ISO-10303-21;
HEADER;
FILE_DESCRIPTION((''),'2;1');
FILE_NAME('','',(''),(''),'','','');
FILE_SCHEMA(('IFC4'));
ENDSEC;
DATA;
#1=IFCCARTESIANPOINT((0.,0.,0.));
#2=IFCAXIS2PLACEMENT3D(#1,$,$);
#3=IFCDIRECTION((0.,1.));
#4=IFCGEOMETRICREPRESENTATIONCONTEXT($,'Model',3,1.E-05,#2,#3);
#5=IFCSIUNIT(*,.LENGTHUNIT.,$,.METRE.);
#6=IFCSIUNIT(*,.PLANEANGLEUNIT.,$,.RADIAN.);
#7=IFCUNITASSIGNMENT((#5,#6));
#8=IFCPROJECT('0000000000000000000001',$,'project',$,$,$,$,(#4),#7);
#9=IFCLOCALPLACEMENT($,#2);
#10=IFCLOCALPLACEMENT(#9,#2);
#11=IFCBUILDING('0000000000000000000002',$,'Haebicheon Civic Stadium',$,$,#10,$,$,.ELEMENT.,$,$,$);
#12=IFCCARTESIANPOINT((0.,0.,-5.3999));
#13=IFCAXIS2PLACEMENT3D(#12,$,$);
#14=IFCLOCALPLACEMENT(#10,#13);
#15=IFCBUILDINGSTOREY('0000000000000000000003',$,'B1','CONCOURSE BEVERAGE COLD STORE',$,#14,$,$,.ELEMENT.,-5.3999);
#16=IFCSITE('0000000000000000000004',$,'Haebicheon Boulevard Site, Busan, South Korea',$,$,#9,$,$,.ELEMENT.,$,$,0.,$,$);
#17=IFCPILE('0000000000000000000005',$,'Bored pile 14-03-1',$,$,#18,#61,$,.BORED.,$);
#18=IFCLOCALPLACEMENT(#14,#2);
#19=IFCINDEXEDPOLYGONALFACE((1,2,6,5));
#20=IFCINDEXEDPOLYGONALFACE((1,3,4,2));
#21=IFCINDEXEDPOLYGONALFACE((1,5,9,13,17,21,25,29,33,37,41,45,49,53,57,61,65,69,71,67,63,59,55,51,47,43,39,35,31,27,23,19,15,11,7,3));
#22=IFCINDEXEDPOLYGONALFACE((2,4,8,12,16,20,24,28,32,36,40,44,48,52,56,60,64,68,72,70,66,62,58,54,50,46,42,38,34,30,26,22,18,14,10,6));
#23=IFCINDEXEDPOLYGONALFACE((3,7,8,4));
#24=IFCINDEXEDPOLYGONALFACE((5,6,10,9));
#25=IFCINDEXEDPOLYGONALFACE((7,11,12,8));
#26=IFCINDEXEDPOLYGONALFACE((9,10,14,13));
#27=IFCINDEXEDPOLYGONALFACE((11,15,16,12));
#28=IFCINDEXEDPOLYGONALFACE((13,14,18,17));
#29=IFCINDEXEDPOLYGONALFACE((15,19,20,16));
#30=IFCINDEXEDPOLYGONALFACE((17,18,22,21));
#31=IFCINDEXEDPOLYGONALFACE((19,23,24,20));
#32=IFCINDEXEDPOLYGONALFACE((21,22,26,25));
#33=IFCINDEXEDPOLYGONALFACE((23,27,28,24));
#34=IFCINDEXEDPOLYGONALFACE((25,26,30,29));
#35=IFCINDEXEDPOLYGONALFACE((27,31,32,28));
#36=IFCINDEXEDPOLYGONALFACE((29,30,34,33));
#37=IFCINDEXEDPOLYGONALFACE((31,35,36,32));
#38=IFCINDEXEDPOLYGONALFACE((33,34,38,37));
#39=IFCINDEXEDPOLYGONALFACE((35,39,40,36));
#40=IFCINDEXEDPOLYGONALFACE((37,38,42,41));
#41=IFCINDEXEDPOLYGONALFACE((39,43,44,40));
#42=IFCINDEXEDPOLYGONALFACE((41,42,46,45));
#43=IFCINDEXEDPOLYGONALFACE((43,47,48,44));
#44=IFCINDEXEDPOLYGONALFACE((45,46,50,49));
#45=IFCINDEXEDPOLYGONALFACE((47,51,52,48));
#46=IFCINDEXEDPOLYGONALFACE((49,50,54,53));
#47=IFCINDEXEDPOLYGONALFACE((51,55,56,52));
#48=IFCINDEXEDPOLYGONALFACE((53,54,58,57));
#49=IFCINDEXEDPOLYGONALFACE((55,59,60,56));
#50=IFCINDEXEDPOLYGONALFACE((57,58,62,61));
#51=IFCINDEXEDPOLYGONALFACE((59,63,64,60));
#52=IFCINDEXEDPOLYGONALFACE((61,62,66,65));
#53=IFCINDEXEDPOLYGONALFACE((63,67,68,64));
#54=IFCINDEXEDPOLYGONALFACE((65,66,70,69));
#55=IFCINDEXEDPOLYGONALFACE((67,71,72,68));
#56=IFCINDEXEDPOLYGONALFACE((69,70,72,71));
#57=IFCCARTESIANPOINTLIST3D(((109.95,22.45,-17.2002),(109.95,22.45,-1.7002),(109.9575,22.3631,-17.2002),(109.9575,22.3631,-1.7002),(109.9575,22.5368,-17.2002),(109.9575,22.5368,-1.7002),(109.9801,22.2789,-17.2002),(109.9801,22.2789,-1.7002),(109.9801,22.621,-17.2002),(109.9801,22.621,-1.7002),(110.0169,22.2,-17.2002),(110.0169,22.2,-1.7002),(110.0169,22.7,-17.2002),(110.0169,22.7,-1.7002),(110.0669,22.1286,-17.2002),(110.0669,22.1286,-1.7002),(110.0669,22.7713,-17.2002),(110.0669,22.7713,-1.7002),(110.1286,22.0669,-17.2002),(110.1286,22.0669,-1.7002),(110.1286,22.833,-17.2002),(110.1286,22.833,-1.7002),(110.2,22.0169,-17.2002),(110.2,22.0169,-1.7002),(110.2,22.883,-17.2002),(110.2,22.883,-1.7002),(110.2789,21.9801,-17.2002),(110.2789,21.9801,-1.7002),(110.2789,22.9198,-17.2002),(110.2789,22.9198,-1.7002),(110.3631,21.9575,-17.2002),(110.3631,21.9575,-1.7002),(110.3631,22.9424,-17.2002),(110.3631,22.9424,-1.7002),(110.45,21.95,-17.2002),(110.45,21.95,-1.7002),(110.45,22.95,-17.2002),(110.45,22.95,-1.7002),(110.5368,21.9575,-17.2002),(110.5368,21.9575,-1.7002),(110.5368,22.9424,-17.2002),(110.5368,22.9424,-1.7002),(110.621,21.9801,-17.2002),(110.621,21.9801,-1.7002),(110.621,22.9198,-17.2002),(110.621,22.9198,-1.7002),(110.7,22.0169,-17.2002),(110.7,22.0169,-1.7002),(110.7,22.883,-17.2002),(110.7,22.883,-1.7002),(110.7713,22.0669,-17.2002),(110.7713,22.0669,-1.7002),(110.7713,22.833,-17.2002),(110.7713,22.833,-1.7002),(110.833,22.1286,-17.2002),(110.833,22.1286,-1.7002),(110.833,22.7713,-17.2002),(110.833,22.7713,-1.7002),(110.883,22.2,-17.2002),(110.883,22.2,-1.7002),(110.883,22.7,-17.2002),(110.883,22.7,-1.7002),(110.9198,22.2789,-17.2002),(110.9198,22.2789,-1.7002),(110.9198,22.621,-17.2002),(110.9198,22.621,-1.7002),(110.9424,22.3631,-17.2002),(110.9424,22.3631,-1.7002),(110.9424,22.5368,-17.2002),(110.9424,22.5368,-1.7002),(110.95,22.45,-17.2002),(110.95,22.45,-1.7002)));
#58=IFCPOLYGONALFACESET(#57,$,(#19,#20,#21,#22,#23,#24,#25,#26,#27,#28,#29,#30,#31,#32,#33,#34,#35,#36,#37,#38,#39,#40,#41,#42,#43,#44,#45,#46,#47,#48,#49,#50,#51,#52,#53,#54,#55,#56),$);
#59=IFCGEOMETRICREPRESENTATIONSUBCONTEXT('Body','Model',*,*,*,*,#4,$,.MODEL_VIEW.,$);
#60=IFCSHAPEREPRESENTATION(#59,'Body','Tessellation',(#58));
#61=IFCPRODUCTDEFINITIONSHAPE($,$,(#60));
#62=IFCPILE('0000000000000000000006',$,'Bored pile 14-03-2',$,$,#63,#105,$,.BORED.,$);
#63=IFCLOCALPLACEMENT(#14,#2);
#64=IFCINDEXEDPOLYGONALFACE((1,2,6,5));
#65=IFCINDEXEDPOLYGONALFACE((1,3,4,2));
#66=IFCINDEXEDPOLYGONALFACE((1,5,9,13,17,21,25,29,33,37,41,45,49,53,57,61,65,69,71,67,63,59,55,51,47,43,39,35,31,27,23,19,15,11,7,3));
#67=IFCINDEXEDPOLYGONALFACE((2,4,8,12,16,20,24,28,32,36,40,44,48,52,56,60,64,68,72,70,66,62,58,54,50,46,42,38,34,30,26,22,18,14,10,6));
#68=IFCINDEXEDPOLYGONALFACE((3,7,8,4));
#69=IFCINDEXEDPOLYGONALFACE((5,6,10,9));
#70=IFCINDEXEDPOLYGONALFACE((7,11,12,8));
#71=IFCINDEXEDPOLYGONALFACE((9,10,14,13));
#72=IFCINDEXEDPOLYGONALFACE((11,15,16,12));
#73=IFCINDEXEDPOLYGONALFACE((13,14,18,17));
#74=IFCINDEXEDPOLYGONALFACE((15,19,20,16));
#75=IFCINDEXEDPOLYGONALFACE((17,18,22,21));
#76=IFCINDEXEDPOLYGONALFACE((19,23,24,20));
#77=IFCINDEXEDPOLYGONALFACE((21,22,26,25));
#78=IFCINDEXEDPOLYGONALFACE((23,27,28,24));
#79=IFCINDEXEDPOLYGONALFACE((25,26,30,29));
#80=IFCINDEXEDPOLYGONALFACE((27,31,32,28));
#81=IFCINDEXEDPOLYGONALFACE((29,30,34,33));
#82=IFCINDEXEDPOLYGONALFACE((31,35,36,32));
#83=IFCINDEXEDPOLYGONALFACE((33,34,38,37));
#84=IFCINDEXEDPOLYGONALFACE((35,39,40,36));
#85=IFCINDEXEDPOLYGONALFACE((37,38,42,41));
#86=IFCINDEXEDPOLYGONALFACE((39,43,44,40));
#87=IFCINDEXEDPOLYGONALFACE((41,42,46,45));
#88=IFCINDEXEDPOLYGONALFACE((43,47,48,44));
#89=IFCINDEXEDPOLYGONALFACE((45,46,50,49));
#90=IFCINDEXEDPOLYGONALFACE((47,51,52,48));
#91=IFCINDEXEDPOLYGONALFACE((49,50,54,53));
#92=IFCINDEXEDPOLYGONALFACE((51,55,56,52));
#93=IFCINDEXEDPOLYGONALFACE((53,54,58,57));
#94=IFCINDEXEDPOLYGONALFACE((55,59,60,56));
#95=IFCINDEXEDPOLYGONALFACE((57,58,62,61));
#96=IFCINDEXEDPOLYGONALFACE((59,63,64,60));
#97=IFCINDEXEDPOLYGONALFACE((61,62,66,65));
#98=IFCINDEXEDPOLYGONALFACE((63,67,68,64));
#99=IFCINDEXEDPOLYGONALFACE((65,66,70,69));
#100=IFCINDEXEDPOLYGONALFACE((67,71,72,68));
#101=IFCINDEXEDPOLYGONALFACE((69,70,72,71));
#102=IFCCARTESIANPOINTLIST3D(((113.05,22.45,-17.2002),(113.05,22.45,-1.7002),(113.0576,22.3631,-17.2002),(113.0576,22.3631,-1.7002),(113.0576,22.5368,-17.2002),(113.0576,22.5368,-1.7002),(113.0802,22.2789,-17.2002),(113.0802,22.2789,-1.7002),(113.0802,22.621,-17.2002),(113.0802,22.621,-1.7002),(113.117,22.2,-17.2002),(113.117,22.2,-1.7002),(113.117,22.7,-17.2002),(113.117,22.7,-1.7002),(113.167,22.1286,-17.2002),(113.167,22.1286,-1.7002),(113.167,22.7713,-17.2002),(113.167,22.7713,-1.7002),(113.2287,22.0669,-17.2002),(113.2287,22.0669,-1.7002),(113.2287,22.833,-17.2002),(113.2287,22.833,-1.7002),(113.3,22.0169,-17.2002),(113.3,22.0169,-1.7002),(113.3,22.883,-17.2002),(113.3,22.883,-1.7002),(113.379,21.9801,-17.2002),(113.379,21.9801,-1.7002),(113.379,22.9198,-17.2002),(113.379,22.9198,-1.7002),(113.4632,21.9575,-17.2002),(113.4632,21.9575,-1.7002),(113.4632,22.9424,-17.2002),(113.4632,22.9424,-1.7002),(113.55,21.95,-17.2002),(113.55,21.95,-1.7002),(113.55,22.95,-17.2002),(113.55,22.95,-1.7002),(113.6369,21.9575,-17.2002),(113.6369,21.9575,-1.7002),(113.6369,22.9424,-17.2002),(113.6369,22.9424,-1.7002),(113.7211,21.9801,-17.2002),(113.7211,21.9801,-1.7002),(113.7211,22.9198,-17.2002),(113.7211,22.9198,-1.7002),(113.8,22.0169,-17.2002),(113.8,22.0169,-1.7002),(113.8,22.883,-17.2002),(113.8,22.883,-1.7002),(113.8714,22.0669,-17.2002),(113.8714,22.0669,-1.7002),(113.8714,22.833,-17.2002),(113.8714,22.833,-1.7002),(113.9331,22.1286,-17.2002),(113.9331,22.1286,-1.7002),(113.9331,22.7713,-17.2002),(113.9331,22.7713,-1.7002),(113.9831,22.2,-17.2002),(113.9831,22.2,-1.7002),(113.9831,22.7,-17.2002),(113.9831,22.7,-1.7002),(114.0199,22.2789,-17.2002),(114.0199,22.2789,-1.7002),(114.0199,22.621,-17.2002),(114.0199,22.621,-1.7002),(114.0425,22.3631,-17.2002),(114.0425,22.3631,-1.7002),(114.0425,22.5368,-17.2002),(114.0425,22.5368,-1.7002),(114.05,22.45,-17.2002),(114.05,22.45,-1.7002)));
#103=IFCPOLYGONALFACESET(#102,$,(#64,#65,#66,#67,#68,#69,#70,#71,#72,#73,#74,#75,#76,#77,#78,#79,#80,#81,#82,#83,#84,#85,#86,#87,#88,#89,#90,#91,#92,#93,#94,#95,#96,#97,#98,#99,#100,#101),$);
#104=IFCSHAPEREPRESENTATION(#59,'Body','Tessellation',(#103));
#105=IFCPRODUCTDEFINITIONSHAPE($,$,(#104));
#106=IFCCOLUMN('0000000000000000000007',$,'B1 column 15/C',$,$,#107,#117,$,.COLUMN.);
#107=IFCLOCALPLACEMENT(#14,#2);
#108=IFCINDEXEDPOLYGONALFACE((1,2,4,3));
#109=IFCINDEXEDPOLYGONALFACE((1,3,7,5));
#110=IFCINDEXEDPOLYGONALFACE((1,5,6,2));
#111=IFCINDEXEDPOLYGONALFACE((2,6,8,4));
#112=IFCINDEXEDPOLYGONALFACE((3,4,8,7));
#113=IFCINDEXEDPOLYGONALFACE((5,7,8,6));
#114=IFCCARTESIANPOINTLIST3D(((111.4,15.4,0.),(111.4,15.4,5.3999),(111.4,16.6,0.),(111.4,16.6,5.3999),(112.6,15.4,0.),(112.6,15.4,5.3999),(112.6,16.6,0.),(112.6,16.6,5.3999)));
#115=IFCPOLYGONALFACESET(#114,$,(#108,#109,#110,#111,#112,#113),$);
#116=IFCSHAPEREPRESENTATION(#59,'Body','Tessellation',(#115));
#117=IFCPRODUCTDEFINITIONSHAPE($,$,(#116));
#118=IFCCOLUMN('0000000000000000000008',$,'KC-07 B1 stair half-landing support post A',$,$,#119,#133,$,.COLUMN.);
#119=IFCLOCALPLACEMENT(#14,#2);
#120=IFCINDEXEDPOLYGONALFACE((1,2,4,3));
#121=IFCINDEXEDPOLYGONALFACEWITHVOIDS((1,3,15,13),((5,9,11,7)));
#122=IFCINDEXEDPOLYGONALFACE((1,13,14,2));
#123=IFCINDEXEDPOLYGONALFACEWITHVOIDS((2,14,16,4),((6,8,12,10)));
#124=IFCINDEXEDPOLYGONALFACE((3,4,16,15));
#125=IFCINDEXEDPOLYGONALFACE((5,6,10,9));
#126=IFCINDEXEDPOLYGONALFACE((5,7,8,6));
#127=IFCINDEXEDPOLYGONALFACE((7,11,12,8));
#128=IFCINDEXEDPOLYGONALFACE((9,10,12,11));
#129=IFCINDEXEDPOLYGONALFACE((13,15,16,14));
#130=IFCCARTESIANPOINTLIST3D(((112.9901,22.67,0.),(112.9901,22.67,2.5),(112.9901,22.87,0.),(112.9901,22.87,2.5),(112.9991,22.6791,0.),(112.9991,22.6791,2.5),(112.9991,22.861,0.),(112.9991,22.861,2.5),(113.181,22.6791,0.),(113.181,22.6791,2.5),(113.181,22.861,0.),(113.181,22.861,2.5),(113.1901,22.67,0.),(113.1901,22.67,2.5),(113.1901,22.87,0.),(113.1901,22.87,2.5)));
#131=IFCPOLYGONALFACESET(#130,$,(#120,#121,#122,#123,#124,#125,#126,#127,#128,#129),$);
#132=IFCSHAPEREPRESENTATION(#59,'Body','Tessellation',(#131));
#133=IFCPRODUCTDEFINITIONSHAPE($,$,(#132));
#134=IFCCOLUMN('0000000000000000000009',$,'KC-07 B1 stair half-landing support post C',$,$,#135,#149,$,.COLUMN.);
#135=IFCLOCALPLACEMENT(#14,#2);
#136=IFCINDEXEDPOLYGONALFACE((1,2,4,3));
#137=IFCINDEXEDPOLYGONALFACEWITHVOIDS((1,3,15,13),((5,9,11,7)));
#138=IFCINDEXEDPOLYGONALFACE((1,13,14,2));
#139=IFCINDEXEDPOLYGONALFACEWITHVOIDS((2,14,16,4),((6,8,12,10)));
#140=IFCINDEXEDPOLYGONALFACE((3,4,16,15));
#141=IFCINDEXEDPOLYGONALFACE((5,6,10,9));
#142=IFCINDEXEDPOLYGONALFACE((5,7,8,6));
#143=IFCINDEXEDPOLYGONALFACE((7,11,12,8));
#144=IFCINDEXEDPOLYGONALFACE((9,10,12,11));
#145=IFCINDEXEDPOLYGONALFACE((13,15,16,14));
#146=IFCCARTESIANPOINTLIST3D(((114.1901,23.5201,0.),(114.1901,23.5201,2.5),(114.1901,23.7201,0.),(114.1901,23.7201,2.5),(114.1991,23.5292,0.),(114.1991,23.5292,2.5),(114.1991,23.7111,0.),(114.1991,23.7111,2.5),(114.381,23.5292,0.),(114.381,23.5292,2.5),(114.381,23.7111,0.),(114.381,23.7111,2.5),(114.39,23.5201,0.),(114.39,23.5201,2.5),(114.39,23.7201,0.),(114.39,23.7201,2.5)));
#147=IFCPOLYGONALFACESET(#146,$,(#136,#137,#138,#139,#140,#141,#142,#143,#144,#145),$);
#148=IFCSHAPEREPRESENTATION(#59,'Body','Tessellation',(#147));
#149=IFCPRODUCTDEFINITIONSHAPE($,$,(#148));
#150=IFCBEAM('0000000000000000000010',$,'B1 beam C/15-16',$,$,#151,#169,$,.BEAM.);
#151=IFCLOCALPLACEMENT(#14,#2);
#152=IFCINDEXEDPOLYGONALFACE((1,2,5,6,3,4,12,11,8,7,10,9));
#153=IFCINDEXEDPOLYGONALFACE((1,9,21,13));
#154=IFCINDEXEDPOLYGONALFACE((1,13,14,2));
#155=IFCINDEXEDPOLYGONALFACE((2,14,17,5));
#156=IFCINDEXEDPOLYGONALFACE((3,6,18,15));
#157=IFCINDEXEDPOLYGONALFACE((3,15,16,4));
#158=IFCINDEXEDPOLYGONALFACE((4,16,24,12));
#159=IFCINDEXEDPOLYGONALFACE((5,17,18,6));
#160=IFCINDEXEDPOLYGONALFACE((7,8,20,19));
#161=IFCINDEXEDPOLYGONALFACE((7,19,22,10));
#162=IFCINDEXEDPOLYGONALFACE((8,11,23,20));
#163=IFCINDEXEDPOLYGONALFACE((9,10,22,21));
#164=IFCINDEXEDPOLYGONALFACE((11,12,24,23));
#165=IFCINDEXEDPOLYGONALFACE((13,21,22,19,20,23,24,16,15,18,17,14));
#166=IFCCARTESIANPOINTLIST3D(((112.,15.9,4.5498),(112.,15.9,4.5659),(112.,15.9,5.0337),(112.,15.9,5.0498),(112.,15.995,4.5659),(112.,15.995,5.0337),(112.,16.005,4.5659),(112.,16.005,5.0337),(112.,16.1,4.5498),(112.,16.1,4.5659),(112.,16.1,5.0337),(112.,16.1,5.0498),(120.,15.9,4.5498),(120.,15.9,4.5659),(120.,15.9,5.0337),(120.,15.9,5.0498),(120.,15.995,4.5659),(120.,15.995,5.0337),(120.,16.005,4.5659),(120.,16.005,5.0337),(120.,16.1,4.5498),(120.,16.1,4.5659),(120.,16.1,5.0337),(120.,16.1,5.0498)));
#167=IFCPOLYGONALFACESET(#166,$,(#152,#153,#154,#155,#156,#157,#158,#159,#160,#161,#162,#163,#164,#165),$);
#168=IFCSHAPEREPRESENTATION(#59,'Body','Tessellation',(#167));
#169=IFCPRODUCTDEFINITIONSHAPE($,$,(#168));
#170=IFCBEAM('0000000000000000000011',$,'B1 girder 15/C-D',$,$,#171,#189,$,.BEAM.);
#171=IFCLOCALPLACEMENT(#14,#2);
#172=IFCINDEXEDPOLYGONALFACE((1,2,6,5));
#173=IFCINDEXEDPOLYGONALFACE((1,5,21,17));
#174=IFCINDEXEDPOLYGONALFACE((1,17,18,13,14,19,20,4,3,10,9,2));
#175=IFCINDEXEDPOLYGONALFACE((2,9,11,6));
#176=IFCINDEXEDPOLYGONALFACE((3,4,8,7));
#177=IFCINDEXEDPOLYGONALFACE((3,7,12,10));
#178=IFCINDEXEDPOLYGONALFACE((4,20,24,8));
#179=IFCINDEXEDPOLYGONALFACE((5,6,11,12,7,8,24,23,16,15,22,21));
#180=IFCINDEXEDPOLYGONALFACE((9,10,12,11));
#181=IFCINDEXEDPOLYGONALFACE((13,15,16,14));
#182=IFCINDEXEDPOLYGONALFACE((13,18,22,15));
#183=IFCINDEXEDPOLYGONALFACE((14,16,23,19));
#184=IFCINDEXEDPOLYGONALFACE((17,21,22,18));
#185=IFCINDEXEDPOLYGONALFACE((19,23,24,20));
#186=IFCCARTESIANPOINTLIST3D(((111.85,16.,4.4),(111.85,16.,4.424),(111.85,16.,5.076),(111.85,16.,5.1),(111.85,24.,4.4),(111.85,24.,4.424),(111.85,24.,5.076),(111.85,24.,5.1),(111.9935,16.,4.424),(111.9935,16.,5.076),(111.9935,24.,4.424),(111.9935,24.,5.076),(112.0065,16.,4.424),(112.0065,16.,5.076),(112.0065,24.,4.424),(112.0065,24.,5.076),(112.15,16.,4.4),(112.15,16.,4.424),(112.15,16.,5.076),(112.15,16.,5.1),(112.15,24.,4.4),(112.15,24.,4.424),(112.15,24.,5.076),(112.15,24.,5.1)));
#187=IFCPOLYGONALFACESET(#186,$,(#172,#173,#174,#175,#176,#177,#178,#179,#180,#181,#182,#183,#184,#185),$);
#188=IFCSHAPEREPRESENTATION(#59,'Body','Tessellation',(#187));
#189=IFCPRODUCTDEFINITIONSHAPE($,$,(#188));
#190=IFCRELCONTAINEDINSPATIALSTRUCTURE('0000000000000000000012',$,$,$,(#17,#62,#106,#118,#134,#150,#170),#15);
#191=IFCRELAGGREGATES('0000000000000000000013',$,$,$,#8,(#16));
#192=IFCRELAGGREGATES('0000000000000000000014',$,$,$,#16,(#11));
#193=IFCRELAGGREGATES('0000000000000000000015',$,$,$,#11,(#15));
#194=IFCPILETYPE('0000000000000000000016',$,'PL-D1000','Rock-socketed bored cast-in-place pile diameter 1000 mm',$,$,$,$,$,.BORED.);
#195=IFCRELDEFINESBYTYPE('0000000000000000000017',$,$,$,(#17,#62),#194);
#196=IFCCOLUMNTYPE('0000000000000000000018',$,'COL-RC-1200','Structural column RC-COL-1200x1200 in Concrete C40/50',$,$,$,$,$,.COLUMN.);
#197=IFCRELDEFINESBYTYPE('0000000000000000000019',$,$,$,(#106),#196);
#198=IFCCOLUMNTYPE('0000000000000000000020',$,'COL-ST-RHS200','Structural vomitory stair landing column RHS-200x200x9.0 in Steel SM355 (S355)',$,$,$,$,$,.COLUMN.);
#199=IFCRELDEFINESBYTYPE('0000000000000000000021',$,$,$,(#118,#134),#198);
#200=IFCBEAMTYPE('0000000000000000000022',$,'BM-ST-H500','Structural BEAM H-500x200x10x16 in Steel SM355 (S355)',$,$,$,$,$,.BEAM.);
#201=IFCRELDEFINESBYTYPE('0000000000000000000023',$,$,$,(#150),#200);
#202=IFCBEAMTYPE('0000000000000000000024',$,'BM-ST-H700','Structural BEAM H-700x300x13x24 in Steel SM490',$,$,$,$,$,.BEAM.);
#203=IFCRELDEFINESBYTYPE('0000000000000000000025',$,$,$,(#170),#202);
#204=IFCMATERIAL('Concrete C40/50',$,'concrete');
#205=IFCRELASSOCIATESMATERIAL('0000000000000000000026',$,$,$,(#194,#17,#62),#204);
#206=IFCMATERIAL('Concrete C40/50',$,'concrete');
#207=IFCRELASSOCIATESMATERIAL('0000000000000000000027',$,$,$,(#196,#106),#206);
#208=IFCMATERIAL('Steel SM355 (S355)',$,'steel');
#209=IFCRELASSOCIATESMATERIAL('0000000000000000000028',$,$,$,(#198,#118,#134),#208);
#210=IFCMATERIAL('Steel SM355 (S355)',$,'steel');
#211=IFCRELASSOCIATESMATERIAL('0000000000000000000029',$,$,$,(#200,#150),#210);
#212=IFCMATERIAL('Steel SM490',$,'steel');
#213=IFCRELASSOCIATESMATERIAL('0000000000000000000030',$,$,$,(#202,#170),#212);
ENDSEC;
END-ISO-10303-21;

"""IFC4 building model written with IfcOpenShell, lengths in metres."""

from ifc_helpers import new_model, si_unit, direction, frame, origin, origin_2d, place, context, subcontext, project, spatial, rectangle, hollow_rectangle, circle, i_section, extrude, material, material_profile, profile_set, type_object, element, save


model = new_model("IFC4")

# Units and contexts
model_context = context("Model", 3, precision=1e-05, world=origin(), true_north=direction((0.0, 1.0)))
body_context = subcontext(model_context, "Body", "Model", "MODEL_VIEW")
ifc_project = project(units=[si_unit("LENGTHUNIT", "METRE"), si_unit("PLANEANGLEUNIT", "RADIAN")], contexts=[model_context])

# Site, building, storey
site_placement = place(None, origin())
site = spatial("IfcSite", under=ifc_project, at=site_placement, Name="Haebicheon Boulevard Site, Busan, South Korea", CompositionType="ELEMENT", RefElevation=0.0)
building_placement = place(site_placement, origin())
building = spatial("IfcBuilding", under=site, at=building_placement, Name="Haebicheon Civic Stadium", CompositionType="ELEMENT")
storey_placement = place(building_placement, frame((0.0, 0.0, -5.3999)))
storey = spatial("IfcBuildingStorey", under=building, at=storey_placement, Name="B1", Description="CONCOURSE BEVERAGE COLD STORE", CompositionType="ELEMENT", Elevation=-5.3999)

# Piles
ifc_material_1 = material(Name="Concrete C40/50", Category="concrete")
ifc_material_profile_1 = material_profile(ifc_material_1, circle(Radius=0.5, at=origin_2d()), Name="PILE-D1000")
ifc_profile_set_1 = profile_set([ifc_material_profile_1], Name="Concrete C40/50")
pile_type = type_object("IfcPileType", Name="PL-D1000", Description="Rock-socketed bored cast-in-place pile diameter 1000 mm", PredefinedType="BORED", material=ifc_profile_set_1)
for number, where, z_axis, x_axis, name in (
    (1, (110.45, 22.45, -1.7002), (0.0, 0.0, -1.0), (1.0, 0.0, 0.0), "Bored pile 14-03-1"),
    (2, (113.55, 22.45, -1.7002), (0.0, 0.0, -1.0), (1.0, 0.0, 0.0), "Bored pile 14-03-2"),
):
    element("IfcPile", number, at=place(storey_placement, frame(where, z_axis=z_axis, x_axis=x_axis)), inside=storey, type_object=pile_type, material=ifc_profile_set_1, Name=name, PredefinedType="BORED", context=body_context, shape_type="SweptSolid", body=[
        extrude(circle(Radius=0.5, at=origin_2d()), origin(), (0.0, 0.0, 1.0), 15.5),
    ])

# Columns
ifc_material_2 = material(Name="Concrete C40/50", Category="concrete")
ifc_material_profile_2 = material_profile(ifc_material_2, rectangle(XDim=1.2, YDim=1.2, at=origin_2d()), Name="RC-COL-1200x1200")
ifc_profile_set_2 = profile_set([ifc_material_profile_2], Name="Concrete C40/50")
column_type_1 = type_object("IfcColumnType", Name="COL-RC-1200", Description="Structural column RC-COL-1200x1200 in Concrete C40/50", PredefinedType="COLUMN", material=ifc_profile_set_2)
column_placement = place(storey_placement, frame((112.0, 16.0, 0.0), z_axis=(0.0, 0.0, 1.0), x_axis=(1.0, 0.0, 0.0)))
element("IfcColumn", 3, at=column_placement, inside=storey, type_object=column_type_1, material=ifc_profile_set_2, Name="B1 column 15/C", PredefinedType="COLUMN", context=body_context, shape_type="SweptSolid", body=[
    extrude(rectangle(XDim=1.2, YDim=1.2, at=origin_2d()), origin(), (0.0, 0.0, 1.0), 5.3999),
])
ifc_material_3 = material(Name="Steel SM355 (S355)", Category="steel")
ifc_material_profile_3 = material_profile(ifc_material_3, hollow_rectangle(XDim=0.2, YDim=0.2, WallThickness=0.009, at=origin_2d()), Name="RHS-200x200x9.0")
ifc_profile_set_3 = profile_set([ifc_material_profile_3], Name="Steel SM355 (S355)")
column_type_2 = type_object("IfcColumnType", Name="COL-ST-RHS200", Description="Structural vomitory stair landing column RHS-200x200x9.0 in Steel SM355 (S355)", PredefinedType="COLUMN", material=ifc_profile_set_3)
for number, where, z_axis, x_axis, name in (
    (4, (113.0901, 22.77, 0.0), (0.0, 0.0, 1.0), (1.0, 0.0, 0.0), "KC-07 B1 stair half-landing support post A"),
    (5, (114.29, 23.6201, 0.0), (0.0, 0.0, 1.0), (1.0, 0.0, 0.0), "KC-07 B1 stair half-landing support post C"),
):
    element("IfcColumn", number, at=place(storey_placement, frame(where, z_axis=z_axis, x_axis=x_axis)), inside=storey, type_object=column_type_2, material=ifc_profile_set_3, Name=name, PredefinedType="COLUMN", context=body_context, shape_type="SweptSolid", body=[
        extrude(hollow_rectangle(XDim=0.2, YDim=0.2, WallThickness=0.009, at=origin_2d()), origin(), (0.0, 0.0, 1.0), 2.5),
    ])

# Beams
ifc_material_4 = material(Name="Steel SM355 (S355)", Category="steel")
ifc_material_profile_4 = material_profile(ifc_material_4, i_section(OverallWidth=0.2, OverallDepth=0.5, WebThickness=0.01, FlangeThickness=0.0161, at=origin_2d()), Name="H-500x200x10x16")
ifc_profile_set_4 = profile_set([ifc_material_profile_4], Name="Steel SM355 (S355)")
beam_type_1 = type_object("IfcBeamType", Name="BM-ST-H500", Description="Structural BEAM H-500x200x10x16 in Steel SM355 (S355)", PredefinedType="BEAM", material=ifc_profile_set_4)
beam_1_placement = place(storey_placement, frame((112.0, 16.0, 4.7998), z_axis=(1.0, 0.0, 0.0), x_axis=(0.0, 1.0, 0.0)))
element("IfcBeam", 6, at=beam_1_placement, inside=storey, type_object=beam_type_1, material=ifc_profile_set_4, Name="B1 beam C/15-16", PredefinedType="BEAM", context=body_context, shape_type="SweptSolid", body=[
    extrude(i_section(OverallWidth=0.2, OverallDepth=0.5, WebThickness=0.01, FlangeThickness=0.0161, at=origin_2d()), origin(), (0.0, 0.0, 1.0), 8.0),
])
ifc_material_5 = material(Name="Steel SM490", Category="steel")
ifc_material_profile_5 = material_profile(ifc_material_5, i_section(OverallWidth=0.3, OverallDepth=0.7, WebThickness=0.0129, FlangeThickness=0.0239, at=origin_2d()), Name="H-700x300x13x24")
ifc_profile_set_5 = profile_set([ifc_material_profile_5], Name="Steel SM490")
beam_type_2 = type_object("IfcBeamType", Name="BM-ST-H700", Description="Structural BEAM H-700x300x13x24 in Steel SM490", PredefinedType="BEAM", material=ifc_profile_set_5)
beam_2_placement = place(storey_placement, frame((112.0, 16.0, 4.75), z_axis=(0.0, 1.0, 0.0), x_axis=(-1.0, 0.0, 0.0)))
element("IfcBeam", 7, at=beam_2_placement, inside=storey, type_object=beam_type_2, material=ifc_profile_set_5, Name="B1 girder 15/C-D", PredefinedType="BEAM", context=body_context, shape_type="SweptSolid", body=[
    extrude(i_section(OverallWidth=0.3, OverallDepth=0.7, WebThickness=0.0129, FlangeThickness=0.0239, at=origin_2d()), origin(), (0.0, 0.0, 1.0), 8.0),
])

save(model, "model.ifc")
